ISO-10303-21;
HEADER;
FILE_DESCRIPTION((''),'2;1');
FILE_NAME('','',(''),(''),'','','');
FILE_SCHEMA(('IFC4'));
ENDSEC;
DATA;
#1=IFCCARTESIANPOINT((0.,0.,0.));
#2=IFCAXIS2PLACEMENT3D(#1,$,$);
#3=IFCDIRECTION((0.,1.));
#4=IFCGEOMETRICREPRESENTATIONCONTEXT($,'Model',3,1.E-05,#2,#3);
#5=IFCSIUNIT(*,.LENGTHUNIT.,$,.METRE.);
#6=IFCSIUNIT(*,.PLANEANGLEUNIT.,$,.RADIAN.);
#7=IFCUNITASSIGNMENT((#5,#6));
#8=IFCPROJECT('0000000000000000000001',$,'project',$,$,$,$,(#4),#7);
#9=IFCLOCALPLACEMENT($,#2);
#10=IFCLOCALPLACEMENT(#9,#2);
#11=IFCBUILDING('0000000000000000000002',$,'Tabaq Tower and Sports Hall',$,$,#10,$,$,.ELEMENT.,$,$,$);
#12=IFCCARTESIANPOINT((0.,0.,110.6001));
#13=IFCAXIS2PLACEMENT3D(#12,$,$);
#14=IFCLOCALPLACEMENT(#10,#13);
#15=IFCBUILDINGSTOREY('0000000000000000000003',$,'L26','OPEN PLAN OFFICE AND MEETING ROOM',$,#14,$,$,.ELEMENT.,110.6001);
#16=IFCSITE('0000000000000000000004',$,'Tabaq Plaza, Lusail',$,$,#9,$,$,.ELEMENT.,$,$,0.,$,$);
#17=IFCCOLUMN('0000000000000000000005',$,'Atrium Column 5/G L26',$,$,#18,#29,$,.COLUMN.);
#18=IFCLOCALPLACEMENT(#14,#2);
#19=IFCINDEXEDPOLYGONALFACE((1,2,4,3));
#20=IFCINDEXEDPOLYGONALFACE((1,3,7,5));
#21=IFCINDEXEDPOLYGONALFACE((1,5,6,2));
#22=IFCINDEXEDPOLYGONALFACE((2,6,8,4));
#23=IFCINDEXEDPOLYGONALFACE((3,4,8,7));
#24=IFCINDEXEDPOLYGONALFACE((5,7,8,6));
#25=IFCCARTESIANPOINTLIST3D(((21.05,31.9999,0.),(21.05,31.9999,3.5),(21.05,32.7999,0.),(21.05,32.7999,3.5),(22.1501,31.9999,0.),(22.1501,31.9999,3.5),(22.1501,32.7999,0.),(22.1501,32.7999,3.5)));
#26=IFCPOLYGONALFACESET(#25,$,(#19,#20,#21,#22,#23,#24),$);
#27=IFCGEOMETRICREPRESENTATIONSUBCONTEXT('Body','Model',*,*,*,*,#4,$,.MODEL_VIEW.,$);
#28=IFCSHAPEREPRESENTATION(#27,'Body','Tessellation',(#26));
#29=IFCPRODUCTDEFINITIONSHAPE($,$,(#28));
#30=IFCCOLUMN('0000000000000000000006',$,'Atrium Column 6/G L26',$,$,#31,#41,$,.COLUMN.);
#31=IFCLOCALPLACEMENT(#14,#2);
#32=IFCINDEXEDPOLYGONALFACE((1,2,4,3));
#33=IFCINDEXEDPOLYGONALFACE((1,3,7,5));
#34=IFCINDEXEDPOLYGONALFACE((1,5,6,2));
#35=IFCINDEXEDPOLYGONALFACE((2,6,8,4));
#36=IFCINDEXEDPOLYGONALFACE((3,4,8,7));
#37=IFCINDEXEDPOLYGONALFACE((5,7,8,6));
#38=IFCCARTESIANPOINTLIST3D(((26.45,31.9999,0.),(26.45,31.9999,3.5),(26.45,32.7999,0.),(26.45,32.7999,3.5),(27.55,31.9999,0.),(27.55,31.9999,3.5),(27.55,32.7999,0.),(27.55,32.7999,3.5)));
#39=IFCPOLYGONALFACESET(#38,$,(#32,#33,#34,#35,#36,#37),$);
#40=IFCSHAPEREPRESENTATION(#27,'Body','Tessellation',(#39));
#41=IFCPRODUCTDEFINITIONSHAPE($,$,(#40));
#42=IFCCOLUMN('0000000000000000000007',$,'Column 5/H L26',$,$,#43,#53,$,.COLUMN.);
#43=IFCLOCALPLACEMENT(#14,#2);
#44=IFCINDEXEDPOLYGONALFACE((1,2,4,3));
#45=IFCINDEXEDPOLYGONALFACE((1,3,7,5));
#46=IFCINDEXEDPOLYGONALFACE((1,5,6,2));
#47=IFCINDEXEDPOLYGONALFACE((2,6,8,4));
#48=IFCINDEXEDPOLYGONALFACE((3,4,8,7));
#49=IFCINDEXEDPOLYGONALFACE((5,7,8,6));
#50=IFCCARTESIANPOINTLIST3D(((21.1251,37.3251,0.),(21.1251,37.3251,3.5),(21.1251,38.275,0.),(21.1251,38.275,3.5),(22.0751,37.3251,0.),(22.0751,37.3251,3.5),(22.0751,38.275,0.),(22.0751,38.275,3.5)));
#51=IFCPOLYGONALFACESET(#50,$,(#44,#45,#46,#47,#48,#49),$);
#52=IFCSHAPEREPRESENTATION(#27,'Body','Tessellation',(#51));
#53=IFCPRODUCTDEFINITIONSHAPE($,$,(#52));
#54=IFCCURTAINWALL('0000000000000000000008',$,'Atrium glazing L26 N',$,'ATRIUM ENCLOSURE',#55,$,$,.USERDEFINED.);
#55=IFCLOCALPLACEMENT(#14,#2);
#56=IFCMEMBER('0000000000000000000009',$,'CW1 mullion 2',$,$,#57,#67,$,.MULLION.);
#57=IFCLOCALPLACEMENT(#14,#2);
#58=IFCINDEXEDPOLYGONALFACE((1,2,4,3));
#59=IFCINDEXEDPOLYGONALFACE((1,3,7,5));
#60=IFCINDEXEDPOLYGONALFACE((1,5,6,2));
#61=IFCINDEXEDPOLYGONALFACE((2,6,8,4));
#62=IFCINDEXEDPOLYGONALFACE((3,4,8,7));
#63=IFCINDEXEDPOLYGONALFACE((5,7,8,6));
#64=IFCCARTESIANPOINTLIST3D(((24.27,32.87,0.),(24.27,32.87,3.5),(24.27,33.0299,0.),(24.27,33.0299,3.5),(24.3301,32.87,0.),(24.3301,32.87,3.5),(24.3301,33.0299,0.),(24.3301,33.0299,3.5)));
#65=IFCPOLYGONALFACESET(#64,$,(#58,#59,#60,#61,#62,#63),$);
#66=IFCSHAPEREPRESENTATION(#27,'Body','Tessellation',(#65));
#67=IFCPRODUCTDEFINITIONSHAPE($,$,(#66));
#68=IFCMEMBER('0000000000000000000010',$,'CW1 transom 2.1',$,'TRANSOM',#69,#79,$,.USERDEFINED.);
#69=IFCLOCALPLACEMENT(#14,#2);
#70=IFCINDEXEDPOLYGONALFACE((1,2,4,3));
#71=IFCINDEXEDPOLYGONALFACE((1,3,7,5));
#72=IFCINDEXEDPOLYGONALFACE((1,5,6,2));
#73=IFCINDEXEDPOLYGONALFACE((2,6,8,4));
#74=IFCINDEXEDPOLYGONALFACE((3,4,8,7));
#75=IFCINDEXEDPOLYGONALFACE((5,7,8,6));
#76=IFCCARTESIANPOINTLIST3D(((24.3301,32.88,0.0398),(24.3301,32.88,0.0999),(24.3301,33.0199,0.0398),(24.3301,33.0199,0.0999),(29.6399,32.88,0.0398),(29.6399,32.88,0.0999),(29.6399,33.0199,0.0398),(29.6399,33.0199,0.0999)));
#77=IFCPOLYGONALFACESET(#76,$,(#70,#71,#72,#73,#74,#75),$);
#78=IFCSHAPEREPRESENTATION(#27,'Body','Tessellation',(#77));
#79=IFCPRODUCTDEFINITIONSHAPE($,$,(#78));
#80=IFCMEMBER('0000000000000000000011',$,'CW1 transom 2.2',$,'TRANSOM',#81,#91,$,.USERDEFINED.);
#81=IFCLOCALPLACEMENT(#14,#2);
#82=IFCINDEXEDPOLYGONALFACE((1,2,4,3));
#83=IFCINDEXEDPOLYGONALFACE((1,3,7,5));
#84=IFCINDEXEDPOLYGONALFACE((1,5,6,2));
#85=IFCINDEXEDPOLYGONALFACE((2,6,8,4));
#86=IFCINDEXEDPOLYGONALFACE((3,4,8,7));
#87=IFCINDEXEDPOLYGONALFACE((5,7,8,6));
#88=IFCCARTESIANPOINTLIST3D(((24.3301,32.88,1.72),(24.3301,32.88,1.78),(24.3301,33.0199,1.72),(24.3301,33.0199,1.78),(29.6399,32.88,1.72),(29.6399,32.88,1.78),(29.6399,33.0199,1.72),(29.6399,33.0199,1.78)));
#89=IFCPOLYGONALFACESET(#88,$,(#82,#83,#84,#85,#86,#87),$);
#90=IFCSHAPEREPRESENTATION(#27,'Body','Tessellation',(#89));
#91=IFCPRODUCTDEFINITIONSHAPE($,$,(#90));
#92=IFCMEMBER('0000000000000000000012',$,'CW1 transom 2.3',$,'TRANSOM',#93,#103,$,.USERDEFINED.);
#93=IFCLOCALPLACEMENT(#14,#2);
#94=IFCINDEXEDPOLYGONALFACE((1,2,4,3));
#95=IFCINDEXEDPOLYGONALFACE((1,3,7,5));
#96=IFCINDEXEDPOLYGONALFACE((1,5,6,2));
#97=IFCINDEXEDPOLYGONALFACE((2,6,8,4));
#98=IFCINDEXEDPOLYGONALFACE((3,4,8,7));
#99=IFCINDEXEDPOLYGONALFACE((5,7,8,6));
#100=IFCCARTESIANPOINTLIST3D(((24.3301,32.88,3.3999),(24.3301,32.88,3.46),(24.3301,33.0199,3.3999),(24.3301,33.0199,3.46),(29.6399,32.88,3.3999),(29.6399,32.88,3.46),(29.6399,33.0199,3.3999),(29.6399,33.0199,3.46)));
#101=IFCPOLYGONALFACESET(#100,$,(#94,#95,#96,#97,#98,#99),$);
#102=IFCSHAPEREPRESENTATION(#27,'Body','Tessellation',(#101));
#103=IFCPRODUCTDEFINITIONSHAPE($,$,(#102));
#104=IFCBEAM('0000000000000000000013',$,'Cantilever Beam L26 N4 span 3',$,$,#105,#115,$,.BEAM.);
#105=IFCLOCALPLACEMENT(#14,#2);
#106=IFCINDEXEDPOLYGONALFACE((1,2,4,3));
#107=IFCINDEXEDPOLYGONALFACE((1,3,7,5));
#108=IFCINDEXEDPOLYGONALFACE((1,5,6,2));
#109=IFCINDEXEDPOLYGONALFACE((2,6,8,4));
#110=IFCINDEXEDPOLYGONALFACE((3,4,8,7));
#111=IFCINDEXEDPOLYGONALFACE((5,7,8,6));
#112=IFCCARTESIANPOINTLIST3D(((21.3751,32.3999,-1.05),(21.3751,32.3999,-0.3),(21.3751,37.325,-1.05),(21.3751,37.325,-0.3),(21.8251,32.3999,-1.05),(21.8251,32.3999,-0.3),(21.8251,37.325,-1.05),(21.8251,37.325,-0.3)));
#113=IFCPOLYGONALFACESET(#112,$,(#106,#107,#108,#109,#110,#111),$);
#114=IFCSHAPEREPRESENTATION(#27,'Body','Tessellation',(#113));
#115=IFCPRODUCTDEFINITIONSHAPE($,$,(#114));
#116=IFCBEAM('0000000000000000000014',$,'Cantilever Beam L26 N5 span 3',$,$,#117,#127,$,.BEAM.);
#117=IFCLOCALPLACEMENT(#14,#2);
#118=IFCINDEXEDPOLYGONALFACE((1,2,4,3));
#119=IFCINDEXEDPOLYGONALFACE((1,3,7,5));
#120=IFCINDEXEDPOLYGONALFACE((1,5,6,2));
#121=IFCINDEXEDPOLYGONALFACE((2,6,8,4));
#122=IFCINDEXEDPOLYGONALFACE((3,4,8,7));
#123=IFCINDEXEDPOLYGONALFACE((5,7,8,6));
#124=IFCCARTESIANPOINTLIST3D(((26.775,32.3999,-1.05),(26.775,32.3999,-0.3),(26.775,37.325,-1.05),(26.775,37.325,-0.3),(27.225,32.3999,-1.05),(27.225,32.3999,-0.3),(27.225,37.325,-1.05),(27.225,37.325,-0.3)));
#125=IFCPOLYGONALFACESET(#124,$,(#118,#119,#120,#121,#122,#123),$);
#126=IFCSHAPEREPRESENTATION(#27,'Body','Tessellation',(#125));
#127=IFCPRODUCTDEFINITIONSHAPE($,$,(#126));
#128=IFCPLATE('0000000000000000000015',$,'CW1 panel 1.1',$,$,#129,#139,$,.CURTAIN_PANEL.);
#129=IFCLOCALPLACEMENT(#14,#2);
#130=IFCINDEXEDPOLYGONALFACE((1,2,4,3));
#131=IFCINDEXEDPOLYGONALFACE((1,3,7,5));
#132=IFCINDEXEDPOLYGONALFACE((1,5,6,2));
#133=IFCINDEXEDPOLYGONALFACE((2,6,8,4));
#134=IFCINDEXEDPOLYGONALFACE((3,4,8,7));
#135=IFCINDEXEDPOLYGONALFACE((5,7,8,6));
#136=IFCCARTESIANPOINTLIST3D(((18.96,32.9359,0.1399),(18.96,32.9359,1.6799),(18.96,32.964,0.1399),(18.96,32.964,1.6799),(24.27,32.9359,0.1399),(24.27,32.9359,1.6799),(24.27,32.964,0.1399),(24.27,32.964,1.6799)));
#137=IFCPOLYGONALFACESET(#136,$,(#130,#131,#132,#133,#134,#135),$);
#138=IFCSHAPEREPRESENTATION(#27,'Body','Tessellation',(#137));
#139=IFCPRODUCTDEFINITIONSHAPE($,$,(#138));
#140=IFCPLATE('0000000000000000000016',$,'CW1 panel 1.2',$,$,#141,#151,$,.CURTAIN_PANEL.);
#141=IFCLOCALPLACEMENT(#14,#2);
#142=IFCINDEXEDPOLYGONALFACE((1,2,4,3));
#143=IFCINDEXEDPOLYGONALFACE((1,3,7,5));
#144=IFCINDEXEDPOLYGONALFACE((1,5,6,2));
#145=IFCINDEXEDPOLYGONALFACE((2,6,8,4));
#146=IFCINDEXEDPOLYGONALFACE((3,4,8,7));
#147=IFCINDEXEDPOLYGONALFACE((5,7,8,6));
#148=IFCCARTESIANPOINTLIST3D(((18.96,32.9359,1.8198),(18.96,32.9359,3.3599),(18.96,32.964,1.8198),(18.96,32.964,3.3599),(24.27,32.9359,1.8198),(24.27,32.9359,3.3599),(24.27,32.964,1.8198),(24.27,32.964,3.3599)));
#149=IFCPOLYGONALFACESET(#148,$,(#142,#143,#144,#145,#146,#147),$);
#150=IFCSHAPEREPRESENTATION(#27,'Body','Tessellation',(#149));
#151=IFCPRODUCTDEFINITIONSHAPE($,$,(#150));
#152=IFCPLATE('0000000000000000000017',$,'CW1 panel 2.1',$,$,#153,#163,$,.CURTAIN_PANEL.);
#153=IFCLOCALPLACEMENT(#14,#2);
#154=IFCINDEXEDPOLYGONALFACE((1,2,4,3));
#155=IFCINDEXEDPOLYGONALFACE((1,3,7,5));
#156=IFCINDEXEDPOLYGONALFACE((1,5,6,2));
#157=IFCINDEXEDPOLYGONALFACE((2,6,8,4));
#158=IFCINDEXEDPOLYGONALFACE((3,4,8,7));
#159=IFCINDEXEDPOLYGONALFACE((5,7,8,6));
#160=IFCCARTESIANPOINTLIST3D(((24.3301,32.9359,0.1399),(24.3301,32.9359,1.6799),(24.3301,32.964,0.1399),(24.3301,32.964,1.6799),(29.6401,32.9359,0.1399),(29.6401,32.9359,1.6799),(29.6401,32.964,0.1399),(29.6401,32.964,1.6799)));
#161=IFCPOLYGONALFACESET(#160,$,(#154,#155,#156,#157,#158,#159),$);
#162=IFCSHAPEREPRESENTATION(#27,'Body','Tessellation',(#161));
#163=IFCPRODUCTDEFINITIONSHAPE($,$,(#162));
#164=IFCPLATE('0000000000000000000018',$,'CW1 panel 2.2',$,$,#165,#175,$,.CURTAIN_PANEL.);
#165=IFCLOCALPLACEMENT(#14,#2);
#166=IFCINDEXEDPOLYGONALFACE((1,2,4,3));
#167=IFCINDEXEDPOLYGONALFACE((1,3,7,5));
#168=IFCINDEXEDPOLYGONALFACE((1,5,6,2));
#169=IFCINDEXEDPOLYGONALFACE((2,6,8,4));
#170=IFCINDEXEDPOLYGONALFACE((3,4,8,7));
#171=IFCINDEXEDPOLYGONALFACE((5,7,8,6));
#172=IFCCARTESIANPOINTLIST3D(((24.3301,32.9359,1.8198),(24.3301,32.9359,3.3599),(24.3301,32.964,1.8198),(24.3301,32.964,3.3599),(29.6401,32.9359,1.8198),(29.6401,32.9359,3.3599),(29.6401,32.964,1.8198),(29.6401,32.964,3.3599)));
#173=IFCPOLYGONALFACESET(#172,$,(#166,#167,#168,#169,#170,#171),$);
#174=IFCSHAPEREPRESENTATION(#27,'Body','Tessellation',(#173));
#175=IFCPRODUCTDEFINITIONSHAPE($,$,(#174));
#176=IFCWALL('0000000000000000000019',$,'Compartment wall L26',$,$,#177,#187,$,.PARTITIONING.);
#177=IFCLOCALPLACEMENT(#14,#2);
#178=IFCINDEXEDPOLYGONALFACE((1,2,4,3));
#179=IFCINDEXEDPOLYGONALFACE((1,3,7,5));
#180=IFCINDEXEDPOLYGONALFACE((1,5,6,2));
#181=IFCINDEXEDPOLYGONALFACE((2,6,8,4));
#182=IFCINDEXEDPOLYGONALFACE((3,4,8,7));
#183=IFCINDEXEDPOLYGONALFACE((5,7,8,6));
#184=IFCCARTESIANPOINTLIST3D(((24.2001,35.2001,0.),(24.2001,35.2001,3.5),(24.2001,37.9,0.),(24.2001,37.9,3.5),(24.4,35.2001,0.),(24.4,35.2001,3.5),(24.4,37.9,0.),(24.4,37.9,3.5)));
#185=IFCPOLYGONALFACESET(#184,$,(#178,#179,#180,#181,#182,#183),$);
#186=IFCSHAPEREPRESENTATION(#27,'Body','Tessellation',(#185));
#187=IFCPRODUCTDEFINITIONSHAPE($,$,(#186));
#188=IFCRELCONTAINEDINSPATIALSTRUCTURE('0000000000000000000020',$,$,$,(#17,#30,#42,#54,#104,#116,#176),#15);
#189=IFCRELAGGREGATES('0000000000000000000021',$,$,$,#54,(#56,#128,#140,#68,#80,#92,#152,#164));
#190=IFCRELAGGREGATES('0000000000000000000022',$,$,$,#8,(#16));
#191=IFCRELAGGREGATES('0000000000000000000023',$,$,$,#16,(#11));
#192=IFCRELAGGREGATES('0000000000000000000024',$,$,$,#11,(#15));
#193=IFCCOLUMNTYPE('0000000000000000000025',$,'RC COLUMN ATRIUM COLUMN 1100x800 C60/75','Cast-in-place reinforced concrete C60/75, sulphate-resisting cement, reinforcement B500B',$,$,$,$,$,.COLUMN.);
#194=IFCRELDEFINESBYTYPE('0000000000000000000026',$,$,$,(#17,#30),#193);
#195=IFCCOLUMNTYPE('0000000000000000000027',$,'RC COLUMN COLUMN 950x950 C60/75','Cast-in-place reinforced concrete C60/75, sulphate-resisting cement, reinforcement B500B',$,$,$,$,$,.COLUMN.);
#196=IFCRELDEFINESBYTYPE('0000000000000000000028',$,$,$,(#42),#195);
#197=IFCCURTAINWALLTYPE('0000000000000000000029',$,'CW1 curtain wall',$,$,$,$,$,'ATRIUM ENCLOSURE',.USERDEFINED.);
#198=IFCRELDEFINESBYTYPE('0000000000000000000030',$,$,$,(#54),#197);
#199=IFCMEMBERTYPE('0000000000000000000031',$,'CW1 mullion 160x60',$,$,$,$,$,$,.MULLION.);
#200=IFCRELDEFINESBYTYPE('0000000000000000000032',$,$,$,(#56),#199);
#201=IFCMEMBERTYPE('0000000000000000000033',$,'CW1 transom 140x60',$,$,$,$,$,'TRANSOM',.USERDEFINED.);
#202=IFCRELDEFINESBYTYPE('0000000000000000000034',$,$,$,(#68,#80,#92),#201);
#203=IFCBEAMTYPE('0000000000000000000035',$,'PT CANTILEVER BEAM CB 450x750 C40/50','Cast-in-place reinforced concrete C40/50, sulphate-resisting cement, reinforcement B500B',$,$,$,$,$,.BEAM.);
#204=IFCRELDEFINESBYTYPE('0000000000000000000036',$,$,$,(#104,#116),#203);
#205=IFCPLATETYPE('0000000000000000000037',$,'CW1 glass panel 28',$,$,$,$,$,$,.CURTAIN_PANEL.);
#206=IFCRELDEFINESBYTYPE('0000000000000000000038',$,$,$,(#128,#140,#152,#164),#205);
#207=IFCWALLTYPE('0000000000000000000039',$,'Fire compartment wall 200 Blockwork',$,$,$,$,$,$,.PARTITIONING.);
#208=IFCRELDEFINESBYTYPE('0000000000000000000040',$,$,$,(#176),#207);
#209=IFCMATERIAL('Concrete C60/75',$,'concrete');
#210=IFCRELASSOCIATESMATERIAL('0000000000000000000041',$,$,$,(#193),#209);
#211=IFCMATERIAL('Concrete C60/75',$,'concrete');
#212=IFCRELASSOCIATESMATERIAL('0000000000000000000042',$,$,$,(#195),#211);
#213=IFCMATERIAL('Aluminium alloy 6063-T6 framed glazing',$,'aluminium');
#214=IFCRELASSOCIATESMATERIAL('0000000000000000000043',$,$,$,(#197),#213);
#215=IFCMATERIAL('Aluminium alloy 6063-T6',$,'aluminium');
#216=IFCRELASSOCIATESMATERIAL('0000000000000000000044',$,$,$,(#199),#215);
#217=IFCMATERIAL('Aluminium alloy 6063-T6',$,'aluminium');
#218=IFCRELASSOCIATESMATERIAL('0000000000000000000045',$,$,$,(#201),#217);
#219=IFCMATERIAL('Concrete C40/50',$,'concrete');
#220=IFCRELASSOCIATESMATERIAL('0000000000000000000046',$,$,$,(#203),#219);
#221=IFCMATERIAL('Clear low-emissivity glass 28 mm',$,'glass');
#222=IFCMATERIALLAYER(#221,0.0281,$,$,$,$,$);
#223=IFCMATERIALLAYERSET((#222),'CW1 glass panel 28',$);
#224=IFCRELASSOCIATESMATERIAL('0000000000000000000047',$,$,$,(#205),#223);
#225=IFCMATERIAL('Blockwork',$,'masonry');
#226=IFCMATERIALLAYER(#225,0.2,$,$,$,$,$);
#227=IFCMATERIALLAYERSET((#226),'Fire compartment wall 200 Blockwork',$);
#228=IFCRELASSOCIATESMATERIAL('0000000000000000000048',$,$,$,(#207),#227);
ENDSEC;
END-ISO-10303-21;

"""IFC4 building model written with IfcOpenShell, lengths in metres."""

from ifc_helpers import new_model, si_unit, direction, frame, frame_2d, origin, origin_2d, place, context, subcontext, project, spatial, rectangle, extrude, material, layer, layer_set, material_profile, profile_set, type_object, element, aggregate, save


model = new_model("IFC4")

# Units and contexts
model_context = context("Model", 3, precision=1e-05, world=origin(), true_north=direction((0.0, 1.0)))
body_context = subcontext(model_context, "Body", "Model", "MODEL_VIEW")
ifc_project = project(units=[si_unit("LENGTHUNIT", "METRE"), si_unit("PLANEANGLEUNIT", "RADIAN")], contexts=[model_context])

# Site, building, storey
site_placement = place(None, origin())
site = spatial("IfcSite", under=ifc_project, at=site_placement, Name="Tabaq Plaza, Lusail", CompositionType="ELEMENT", RefElevation=0.0)
building_placement = place(site_placement, origin())
building = spatial("IfcBuilding", under=site, at=building_placement, Name="Tabaq Tower and Sports Hall", CompositionType="ELEMENT")
storey_placement = place(building_placement, frame((0.0, 0.0, 110.6001)))
storey = spatial("IfcBuildingStorey", under=building, at=storey_placement, Name="L26", Description="OPEN PLAN OFFICE AND MEETING ROOM", CompositionType="ELEMENT", Elevation=110.6001)

# Columns
ifc_material_1 = material(Name="Concrete C60/75", Category="concrete")
ifc_material_profile_1 = material_profile(ifc_material_1, rectangle(XDim=1.1001, YDim=0.8, at=origin_2d()), Name="ATRIUM COLUMN 1100x800")
ifc_profile_set_1 = profile_set([ifc_material_profile_1], Name="Concrete C60/75")
column_type_1 = type_object("IfcColumnType", Name="RC COLUMN ATRIUM COLUMN 1100x800 C60/75", Description="Cast-in-place reinforced concrete C60/75, sulphate-resisting cement, reinforcement B500B", PredefinedType="COLUMN", material=ifc_profile_set_1)
for number, where, z_axis, x_axis, name in (
    (1, (21.6001, 32.3999, 0.0), (0.0, 0.0, 1.0), (1.0, 0.0, 0.0), "Atrium Column 5/G L26"),
    (2, (27.0, 32.3999, 0.0), (0.0, 0.0, 1.0), (1.0, 0.0, 0.0), "Atrium Column 6/G L26"),
):
    element("IfcColumn", number, at=place(storey_placement, frame(where, z_axis=z_axis, x_axis=x_axis)), inside=storey, type_object=column_type_1, Name=name, PredefinedType="COLUMN", context=body_context, shape_type="SweptSolid", body=[
        extrude(rectangle(XDim=1.1001, YDim=0.8, at=origin_2d()), origin(), (0.0, 0.0, 1.0), 3.5),
    ])
ifc_material_2 = material(Name="Concrete C60/75", Category="concrete")
ifc_material_profile_2 = material_profile(ifc_material_2, rectangle(XDim=0.95, YDim=0.95, at=origin_2d()), Name="COLUMN 950x950")
ifc_profile_set_2 = profile_set([ifc_material_profile_2], Name="Concrete C60/75")
column_type_2 = type_object("IfcColumnType", Name="RC COLUMN COLUMN 950x950 C60/75", Description="Cast-in-place reinforced concrete C60/75, sulphate-resisting cement, reinforcement B500B", PredefinedType="COLUMN", material=ifc_profile_set_2)
column_placement = place(storey_placement, frame((21.6001, 37.8, 0.0), z_axis=(0.0, 0.0, 1.0), x_axis=(1.0, 0.0, 0.0)))
element("IfcColumn", 3, at=column_placement, inside=storey, type_object=column_type_2, Name="Column 5/H L26", PredefinedType="COLUMN", context=body_context, shape_type="SweptSolid", body=[
    extrude(rectangle(XDim=0.95, YDim=0.95, at=origin_2d()), origin(), (0.0, 0.0, 1.0), 3.5),
])

# Curtain wall, members
ifc_material_3 = material(Name="Aluminium alloy 6063-T6 framed glazing", Category="aluminium")
curtain_wall_type = type_object("IfcCurtainWallType", Name="CW1 curtain wall", ElementType="ATRIUM ENCLOSURE", PredefinedType="USERDEFINED", material=ifc_material_3)
curtain_wall_placement = place(storey_placement, origin())
curtain_wall = element("IfcCurtainWall", 4, at=curtain_wall_placement, inside=storey, type_object=curtain_wall_type, Name="Atrium glazing L26 N", ObjectType="ATRIUM ENCLOSURE", PredefinedType="USERDEFINED")
ifc_material_4 = material(Name="Aluminium alloy 6063-T6", Category="aluminium")
ifc_material_profile_3 = material_profile(ifc_material_4, rectangle(XDim=0.1599, YDim=0.0601, at=origin_2d()), Name="MULLION 160x60")
ifc_profile_set_3 = profile_set([ifc_material_profile_3], Name="Aluminium alloy 6063-T6")
member_type_1 = type_object("IfcMemberType", Name="CW1 mullion 160x60", PredefinedType="MULLION", material=ifc_profile_set_3)
member_1_placement = place(storey_placement, frame((24.3, 32.95, 0.0), z_axis=(0.0, 0.0, 1.0), x_axis=(0.0, 1.0, 0.0)))
member_1 = element("IfcMember", 5, at=member_1_placement, type_object=member_type_1, Name="CW1 mullion 2", PredefinedType="MULLION", context=body_context, shape_type="SweptSolid", body=[
    extrude(rectangle(XDim=0.1599, YDim=0.0601, at=origin_2d()), origin(), (0.0, 0.0, 1.0), 3.5),
])
ifc_material_5 = material(Name="Aluminium alloy 6063-T6", Category="aluminium")
ifc_material_profile_4 = material_profile(ifc_material_5, rectangle(XDim=0.1399, YDim=0.0601, at=origin_2d()), Name="TRANSOM 140x60")
ifc_profile_set_4 = profile_set([ifc_material_profile_4], Name="Aluminium alloy 6063-T6")
member_type_2 = type_object("IfcMemberType", Name="CW1 transom 140x60", ElementType="TRANSOM", PredefinedType="USERDEFINED", material=ifc_profile_set_4)
member_2_placement = place(storey_placement, frame((24.3301, 32.95, 0.0698), z_axis=(1.0, 0.0, 0.0), x_axis=(0.0, 1.0, 0.0)))
member_2 = element("IfcMember", 6, at=member_2_placement, type_object=member_type_2, Name="CW1 transom 2.1", ObjectType="TRANSOM", PredefinedType="USERDEFINED", context=body_context, shape_type="SweptSolid", body=[
    extrude(rectangle(XDim=0.1399, YDim=0.0601, at=origin_2d()), origin(), (0.0, 0.0, 1.0), 5.3098),
])
member_3_placement = place(storey_placement, frame((24.3301, 32.95, 1.75), z_axis=(1.0, 0.0, 0.0), x_axis=(0.0, 1.0, 0.0)))
member_3 = element("IfcMember", 7, at=member_3_placement, type_object=member_type_2, Name="CW1 transom 2.2", ObjectType="TRANSOM", PredefinedType="USERDEFINED", context=body_context, shape_type="SweptSolid", body=[
    extrude(rectangle(XDim=0.1399, YDim=0.0601, at=origin_2d()), origin(), (0.0, 0.0, 1.0), 5.3098),
])
member_4_placement = place(storey_placement, frame((24.3301, 32.95, 3.4299), z_axis=(1.0, 0.0, 0.0), x_axis=(0.0, 1.0, 0.0)))
member_4 = element("IfcMember", 8, at=member_4_placement, type_object=member_type_2, Name="CW1 transom 2.3", ObjectType="TRANSOM", PredefinedType="USERDEFINED", context=body_context, shape_type="SweptSolid", body=[
    extrude(rectangle(XDim=0.1399, YDim=0.0601, at=origin_2d()), origin(), (0.0, 0.0, 1.0), 5.3098),
])

# Beams
ifc_material_6 = material(Name="Concrete C40/50", Category="concrete")
ifc_material_profile_5 = material_profile(ifc_material_6, rectangle(XDim=0.45, YDim=0.75, at=origin_2d()), Name="CB 450x750")
ifc_profile_set_5 = profile_set([ifc_material_profile_5], Name="Concrete C40/50")
beam_type = type_object("IfcBeamType", Name="PT CANTILEVER BEAM CB 450x750 C40/50", Description="Cast-in-place reinforced concrete C40/50, sulphate-resisting cement, reinforcement B500B", PredefinedType="BEAM", material=ifc_profile_set_5)
for number, where, z_axis, x_axis, name in (
    (9, (21.6001, 37.325, -0.675), (0.0, -1.0, 0.0), (1.0, 0.0, 0.0), "Cantilever Beam L26 N4 span 3"),
    (10, (27.0, 37.325, -0.675), (0.0, -1.0, 0.0), (1.0, 0.0, 0.0), "Cantilever Beam L26 N5 span 3"),
):
    element("IfcBeam", number, at=place(storey_placement, frame(where, z_axis=z_axis, x_axis=x_axis)), inside=storey, type_object=beam_type, Name=name, PredefinedType="BEAM", context=body_context, shape_type="SweptSolid", body=[
        extrude(rectangle(XDim=0.45, YDim=0.75, at=origin_2d()), origin(), (0.0, 0.0, 1.0), 4.925),
    ])

# Plates
ifc_material_7 = material(Name="Clear low-emissivity glass 28 mm", Category="glass")
ifc_layer_1 = layer(ifc_material_7, 0.0281)
ifc_layer_set_1 = layer_set([ifc_layer_1], Name="CW1 glass panel 28")
plate_type = type_object("IfcPlateType", Name="CW1 glass panel 28", PredefinedType="CURTAIN_PANEL", material=ifc_layer_set_1)
plate_1_placement = place(storey_placement, frame((21.615, 32.95, 0.1399), z_axis=(0.0, 0.0, 1.0), x_axis=(1.0, 0.0, 0.0)))
plate_1 = element("IfcPlate", 11, at=plate_1_placement, type_object=plate_type, Name="CW1 panel 1.1", PredefinedType="CURTAIN_PANEL", context=body_context, shape_type="SweptSolid", body=[
    extrude(rectangle(XDim=5.3101, YDim=0.0281, at=origin_2d()), origin(), (0.0, 0.0, 1.0), 1.54),
])
plate_2_placement = place(storey_placement, frame((21.615, 32.95, 1.8198), z_axis=(0.0, 0.0, 1.0), x_axis=(1.0, 0.0, 0.0)))
plate_2 = element("IfcPlate", 12, at=plate_2_placement, type_object=plate_type, Name="CW1 panel 1.2", PredefinedType="CURTAIN_PANEL", context=body_context, shape_type="SweptSolid", body=[
    extrude(rectangle(XDim=5.3101, YDim=0.0281, at=origin_2d()), origin(), (0.0, 0.0, 1.0), 1.54),
])
plate_3_placement = place(storey_placement, frame((26.9851, 32.95, 0.1399), z_axis=(0.0, 0.0, 1.0), x_axis=(1.0, 0.0, 0.0)))
plate_3 = element("IfcPlate", 13, at=plate_3_placement, type_object=plate_type, Name="CW1 panel 2.1", PredefinedType="CURTAIN_PANEL", context=body_context, shape_type="SweptSolid", body=[
    extrude(rectangle(XDim=5.3101, YDim=0.0281, at=origin_2d()), origin(), (0.0, 0.0, 1.0), 1.54),
])
plate_4_placement = place(storey_placement, frame((26.9851, 32.95, 1.8198), z_axis=(0.0, 0.0, 1.0), x_axis=(1.0, 0.0, 0.0)))
plate_4 = element("IfcPlate", 14, at=plate_4_placement, type_object=plate_type, Name="CW1 panel 2.2", PredefinedType="CURTAIN_PANEL", context=body_context, shape_type="SweptSolid", body=[
    extrude(rectangle(XDim=5.3101, YDim=0.0281, at=origin_2d()), origin(), (0.0, 0.0, 1.0), 1.54),
])
aggregate(curtain_wall, [member_1, plate_1, plate_2, member_2, member_3, member_4, plate_3, plate_4])

# Shared definitions
ifc_material_8 = material(Name="Blockwork", Category="masonry")
ifc_layer_2 = layer(ifc_material_8, 0.2)
ifc_layer_set_2 = layer_set([ifc_layer_2], Name="Fire compartment wall 200 Blockwork")
wall_type_1 = type_object("IfcWallType", Name="Fire compartment wall 200 Blockwork", PredefinedType="PARTITIONING", material=ifc_layer_set_2)

# Wall
wall_1_placement = place(storey_placement, frame((24.3, 35.2, 0.0), z_axis=(0.0, 0.0, 1.0), x_axis=(0.0, 1.0, 0.0)))
element("IfcWall", 15, at=wall_1_placement, inside=storey, type_object=wall_type_1, Name="Compartment wall L26", PredefinedType="PARTITIONING", context=body_context, shape_type="SweptSolid", body=[
    extrude(rectangle(XDim=2.7, YDim=0.2, at=frame_2d((1.3501, 0.0))), origin(), (0.0, 0.0, 1.0), 3.5),
])

save(model, "model.ifc")
